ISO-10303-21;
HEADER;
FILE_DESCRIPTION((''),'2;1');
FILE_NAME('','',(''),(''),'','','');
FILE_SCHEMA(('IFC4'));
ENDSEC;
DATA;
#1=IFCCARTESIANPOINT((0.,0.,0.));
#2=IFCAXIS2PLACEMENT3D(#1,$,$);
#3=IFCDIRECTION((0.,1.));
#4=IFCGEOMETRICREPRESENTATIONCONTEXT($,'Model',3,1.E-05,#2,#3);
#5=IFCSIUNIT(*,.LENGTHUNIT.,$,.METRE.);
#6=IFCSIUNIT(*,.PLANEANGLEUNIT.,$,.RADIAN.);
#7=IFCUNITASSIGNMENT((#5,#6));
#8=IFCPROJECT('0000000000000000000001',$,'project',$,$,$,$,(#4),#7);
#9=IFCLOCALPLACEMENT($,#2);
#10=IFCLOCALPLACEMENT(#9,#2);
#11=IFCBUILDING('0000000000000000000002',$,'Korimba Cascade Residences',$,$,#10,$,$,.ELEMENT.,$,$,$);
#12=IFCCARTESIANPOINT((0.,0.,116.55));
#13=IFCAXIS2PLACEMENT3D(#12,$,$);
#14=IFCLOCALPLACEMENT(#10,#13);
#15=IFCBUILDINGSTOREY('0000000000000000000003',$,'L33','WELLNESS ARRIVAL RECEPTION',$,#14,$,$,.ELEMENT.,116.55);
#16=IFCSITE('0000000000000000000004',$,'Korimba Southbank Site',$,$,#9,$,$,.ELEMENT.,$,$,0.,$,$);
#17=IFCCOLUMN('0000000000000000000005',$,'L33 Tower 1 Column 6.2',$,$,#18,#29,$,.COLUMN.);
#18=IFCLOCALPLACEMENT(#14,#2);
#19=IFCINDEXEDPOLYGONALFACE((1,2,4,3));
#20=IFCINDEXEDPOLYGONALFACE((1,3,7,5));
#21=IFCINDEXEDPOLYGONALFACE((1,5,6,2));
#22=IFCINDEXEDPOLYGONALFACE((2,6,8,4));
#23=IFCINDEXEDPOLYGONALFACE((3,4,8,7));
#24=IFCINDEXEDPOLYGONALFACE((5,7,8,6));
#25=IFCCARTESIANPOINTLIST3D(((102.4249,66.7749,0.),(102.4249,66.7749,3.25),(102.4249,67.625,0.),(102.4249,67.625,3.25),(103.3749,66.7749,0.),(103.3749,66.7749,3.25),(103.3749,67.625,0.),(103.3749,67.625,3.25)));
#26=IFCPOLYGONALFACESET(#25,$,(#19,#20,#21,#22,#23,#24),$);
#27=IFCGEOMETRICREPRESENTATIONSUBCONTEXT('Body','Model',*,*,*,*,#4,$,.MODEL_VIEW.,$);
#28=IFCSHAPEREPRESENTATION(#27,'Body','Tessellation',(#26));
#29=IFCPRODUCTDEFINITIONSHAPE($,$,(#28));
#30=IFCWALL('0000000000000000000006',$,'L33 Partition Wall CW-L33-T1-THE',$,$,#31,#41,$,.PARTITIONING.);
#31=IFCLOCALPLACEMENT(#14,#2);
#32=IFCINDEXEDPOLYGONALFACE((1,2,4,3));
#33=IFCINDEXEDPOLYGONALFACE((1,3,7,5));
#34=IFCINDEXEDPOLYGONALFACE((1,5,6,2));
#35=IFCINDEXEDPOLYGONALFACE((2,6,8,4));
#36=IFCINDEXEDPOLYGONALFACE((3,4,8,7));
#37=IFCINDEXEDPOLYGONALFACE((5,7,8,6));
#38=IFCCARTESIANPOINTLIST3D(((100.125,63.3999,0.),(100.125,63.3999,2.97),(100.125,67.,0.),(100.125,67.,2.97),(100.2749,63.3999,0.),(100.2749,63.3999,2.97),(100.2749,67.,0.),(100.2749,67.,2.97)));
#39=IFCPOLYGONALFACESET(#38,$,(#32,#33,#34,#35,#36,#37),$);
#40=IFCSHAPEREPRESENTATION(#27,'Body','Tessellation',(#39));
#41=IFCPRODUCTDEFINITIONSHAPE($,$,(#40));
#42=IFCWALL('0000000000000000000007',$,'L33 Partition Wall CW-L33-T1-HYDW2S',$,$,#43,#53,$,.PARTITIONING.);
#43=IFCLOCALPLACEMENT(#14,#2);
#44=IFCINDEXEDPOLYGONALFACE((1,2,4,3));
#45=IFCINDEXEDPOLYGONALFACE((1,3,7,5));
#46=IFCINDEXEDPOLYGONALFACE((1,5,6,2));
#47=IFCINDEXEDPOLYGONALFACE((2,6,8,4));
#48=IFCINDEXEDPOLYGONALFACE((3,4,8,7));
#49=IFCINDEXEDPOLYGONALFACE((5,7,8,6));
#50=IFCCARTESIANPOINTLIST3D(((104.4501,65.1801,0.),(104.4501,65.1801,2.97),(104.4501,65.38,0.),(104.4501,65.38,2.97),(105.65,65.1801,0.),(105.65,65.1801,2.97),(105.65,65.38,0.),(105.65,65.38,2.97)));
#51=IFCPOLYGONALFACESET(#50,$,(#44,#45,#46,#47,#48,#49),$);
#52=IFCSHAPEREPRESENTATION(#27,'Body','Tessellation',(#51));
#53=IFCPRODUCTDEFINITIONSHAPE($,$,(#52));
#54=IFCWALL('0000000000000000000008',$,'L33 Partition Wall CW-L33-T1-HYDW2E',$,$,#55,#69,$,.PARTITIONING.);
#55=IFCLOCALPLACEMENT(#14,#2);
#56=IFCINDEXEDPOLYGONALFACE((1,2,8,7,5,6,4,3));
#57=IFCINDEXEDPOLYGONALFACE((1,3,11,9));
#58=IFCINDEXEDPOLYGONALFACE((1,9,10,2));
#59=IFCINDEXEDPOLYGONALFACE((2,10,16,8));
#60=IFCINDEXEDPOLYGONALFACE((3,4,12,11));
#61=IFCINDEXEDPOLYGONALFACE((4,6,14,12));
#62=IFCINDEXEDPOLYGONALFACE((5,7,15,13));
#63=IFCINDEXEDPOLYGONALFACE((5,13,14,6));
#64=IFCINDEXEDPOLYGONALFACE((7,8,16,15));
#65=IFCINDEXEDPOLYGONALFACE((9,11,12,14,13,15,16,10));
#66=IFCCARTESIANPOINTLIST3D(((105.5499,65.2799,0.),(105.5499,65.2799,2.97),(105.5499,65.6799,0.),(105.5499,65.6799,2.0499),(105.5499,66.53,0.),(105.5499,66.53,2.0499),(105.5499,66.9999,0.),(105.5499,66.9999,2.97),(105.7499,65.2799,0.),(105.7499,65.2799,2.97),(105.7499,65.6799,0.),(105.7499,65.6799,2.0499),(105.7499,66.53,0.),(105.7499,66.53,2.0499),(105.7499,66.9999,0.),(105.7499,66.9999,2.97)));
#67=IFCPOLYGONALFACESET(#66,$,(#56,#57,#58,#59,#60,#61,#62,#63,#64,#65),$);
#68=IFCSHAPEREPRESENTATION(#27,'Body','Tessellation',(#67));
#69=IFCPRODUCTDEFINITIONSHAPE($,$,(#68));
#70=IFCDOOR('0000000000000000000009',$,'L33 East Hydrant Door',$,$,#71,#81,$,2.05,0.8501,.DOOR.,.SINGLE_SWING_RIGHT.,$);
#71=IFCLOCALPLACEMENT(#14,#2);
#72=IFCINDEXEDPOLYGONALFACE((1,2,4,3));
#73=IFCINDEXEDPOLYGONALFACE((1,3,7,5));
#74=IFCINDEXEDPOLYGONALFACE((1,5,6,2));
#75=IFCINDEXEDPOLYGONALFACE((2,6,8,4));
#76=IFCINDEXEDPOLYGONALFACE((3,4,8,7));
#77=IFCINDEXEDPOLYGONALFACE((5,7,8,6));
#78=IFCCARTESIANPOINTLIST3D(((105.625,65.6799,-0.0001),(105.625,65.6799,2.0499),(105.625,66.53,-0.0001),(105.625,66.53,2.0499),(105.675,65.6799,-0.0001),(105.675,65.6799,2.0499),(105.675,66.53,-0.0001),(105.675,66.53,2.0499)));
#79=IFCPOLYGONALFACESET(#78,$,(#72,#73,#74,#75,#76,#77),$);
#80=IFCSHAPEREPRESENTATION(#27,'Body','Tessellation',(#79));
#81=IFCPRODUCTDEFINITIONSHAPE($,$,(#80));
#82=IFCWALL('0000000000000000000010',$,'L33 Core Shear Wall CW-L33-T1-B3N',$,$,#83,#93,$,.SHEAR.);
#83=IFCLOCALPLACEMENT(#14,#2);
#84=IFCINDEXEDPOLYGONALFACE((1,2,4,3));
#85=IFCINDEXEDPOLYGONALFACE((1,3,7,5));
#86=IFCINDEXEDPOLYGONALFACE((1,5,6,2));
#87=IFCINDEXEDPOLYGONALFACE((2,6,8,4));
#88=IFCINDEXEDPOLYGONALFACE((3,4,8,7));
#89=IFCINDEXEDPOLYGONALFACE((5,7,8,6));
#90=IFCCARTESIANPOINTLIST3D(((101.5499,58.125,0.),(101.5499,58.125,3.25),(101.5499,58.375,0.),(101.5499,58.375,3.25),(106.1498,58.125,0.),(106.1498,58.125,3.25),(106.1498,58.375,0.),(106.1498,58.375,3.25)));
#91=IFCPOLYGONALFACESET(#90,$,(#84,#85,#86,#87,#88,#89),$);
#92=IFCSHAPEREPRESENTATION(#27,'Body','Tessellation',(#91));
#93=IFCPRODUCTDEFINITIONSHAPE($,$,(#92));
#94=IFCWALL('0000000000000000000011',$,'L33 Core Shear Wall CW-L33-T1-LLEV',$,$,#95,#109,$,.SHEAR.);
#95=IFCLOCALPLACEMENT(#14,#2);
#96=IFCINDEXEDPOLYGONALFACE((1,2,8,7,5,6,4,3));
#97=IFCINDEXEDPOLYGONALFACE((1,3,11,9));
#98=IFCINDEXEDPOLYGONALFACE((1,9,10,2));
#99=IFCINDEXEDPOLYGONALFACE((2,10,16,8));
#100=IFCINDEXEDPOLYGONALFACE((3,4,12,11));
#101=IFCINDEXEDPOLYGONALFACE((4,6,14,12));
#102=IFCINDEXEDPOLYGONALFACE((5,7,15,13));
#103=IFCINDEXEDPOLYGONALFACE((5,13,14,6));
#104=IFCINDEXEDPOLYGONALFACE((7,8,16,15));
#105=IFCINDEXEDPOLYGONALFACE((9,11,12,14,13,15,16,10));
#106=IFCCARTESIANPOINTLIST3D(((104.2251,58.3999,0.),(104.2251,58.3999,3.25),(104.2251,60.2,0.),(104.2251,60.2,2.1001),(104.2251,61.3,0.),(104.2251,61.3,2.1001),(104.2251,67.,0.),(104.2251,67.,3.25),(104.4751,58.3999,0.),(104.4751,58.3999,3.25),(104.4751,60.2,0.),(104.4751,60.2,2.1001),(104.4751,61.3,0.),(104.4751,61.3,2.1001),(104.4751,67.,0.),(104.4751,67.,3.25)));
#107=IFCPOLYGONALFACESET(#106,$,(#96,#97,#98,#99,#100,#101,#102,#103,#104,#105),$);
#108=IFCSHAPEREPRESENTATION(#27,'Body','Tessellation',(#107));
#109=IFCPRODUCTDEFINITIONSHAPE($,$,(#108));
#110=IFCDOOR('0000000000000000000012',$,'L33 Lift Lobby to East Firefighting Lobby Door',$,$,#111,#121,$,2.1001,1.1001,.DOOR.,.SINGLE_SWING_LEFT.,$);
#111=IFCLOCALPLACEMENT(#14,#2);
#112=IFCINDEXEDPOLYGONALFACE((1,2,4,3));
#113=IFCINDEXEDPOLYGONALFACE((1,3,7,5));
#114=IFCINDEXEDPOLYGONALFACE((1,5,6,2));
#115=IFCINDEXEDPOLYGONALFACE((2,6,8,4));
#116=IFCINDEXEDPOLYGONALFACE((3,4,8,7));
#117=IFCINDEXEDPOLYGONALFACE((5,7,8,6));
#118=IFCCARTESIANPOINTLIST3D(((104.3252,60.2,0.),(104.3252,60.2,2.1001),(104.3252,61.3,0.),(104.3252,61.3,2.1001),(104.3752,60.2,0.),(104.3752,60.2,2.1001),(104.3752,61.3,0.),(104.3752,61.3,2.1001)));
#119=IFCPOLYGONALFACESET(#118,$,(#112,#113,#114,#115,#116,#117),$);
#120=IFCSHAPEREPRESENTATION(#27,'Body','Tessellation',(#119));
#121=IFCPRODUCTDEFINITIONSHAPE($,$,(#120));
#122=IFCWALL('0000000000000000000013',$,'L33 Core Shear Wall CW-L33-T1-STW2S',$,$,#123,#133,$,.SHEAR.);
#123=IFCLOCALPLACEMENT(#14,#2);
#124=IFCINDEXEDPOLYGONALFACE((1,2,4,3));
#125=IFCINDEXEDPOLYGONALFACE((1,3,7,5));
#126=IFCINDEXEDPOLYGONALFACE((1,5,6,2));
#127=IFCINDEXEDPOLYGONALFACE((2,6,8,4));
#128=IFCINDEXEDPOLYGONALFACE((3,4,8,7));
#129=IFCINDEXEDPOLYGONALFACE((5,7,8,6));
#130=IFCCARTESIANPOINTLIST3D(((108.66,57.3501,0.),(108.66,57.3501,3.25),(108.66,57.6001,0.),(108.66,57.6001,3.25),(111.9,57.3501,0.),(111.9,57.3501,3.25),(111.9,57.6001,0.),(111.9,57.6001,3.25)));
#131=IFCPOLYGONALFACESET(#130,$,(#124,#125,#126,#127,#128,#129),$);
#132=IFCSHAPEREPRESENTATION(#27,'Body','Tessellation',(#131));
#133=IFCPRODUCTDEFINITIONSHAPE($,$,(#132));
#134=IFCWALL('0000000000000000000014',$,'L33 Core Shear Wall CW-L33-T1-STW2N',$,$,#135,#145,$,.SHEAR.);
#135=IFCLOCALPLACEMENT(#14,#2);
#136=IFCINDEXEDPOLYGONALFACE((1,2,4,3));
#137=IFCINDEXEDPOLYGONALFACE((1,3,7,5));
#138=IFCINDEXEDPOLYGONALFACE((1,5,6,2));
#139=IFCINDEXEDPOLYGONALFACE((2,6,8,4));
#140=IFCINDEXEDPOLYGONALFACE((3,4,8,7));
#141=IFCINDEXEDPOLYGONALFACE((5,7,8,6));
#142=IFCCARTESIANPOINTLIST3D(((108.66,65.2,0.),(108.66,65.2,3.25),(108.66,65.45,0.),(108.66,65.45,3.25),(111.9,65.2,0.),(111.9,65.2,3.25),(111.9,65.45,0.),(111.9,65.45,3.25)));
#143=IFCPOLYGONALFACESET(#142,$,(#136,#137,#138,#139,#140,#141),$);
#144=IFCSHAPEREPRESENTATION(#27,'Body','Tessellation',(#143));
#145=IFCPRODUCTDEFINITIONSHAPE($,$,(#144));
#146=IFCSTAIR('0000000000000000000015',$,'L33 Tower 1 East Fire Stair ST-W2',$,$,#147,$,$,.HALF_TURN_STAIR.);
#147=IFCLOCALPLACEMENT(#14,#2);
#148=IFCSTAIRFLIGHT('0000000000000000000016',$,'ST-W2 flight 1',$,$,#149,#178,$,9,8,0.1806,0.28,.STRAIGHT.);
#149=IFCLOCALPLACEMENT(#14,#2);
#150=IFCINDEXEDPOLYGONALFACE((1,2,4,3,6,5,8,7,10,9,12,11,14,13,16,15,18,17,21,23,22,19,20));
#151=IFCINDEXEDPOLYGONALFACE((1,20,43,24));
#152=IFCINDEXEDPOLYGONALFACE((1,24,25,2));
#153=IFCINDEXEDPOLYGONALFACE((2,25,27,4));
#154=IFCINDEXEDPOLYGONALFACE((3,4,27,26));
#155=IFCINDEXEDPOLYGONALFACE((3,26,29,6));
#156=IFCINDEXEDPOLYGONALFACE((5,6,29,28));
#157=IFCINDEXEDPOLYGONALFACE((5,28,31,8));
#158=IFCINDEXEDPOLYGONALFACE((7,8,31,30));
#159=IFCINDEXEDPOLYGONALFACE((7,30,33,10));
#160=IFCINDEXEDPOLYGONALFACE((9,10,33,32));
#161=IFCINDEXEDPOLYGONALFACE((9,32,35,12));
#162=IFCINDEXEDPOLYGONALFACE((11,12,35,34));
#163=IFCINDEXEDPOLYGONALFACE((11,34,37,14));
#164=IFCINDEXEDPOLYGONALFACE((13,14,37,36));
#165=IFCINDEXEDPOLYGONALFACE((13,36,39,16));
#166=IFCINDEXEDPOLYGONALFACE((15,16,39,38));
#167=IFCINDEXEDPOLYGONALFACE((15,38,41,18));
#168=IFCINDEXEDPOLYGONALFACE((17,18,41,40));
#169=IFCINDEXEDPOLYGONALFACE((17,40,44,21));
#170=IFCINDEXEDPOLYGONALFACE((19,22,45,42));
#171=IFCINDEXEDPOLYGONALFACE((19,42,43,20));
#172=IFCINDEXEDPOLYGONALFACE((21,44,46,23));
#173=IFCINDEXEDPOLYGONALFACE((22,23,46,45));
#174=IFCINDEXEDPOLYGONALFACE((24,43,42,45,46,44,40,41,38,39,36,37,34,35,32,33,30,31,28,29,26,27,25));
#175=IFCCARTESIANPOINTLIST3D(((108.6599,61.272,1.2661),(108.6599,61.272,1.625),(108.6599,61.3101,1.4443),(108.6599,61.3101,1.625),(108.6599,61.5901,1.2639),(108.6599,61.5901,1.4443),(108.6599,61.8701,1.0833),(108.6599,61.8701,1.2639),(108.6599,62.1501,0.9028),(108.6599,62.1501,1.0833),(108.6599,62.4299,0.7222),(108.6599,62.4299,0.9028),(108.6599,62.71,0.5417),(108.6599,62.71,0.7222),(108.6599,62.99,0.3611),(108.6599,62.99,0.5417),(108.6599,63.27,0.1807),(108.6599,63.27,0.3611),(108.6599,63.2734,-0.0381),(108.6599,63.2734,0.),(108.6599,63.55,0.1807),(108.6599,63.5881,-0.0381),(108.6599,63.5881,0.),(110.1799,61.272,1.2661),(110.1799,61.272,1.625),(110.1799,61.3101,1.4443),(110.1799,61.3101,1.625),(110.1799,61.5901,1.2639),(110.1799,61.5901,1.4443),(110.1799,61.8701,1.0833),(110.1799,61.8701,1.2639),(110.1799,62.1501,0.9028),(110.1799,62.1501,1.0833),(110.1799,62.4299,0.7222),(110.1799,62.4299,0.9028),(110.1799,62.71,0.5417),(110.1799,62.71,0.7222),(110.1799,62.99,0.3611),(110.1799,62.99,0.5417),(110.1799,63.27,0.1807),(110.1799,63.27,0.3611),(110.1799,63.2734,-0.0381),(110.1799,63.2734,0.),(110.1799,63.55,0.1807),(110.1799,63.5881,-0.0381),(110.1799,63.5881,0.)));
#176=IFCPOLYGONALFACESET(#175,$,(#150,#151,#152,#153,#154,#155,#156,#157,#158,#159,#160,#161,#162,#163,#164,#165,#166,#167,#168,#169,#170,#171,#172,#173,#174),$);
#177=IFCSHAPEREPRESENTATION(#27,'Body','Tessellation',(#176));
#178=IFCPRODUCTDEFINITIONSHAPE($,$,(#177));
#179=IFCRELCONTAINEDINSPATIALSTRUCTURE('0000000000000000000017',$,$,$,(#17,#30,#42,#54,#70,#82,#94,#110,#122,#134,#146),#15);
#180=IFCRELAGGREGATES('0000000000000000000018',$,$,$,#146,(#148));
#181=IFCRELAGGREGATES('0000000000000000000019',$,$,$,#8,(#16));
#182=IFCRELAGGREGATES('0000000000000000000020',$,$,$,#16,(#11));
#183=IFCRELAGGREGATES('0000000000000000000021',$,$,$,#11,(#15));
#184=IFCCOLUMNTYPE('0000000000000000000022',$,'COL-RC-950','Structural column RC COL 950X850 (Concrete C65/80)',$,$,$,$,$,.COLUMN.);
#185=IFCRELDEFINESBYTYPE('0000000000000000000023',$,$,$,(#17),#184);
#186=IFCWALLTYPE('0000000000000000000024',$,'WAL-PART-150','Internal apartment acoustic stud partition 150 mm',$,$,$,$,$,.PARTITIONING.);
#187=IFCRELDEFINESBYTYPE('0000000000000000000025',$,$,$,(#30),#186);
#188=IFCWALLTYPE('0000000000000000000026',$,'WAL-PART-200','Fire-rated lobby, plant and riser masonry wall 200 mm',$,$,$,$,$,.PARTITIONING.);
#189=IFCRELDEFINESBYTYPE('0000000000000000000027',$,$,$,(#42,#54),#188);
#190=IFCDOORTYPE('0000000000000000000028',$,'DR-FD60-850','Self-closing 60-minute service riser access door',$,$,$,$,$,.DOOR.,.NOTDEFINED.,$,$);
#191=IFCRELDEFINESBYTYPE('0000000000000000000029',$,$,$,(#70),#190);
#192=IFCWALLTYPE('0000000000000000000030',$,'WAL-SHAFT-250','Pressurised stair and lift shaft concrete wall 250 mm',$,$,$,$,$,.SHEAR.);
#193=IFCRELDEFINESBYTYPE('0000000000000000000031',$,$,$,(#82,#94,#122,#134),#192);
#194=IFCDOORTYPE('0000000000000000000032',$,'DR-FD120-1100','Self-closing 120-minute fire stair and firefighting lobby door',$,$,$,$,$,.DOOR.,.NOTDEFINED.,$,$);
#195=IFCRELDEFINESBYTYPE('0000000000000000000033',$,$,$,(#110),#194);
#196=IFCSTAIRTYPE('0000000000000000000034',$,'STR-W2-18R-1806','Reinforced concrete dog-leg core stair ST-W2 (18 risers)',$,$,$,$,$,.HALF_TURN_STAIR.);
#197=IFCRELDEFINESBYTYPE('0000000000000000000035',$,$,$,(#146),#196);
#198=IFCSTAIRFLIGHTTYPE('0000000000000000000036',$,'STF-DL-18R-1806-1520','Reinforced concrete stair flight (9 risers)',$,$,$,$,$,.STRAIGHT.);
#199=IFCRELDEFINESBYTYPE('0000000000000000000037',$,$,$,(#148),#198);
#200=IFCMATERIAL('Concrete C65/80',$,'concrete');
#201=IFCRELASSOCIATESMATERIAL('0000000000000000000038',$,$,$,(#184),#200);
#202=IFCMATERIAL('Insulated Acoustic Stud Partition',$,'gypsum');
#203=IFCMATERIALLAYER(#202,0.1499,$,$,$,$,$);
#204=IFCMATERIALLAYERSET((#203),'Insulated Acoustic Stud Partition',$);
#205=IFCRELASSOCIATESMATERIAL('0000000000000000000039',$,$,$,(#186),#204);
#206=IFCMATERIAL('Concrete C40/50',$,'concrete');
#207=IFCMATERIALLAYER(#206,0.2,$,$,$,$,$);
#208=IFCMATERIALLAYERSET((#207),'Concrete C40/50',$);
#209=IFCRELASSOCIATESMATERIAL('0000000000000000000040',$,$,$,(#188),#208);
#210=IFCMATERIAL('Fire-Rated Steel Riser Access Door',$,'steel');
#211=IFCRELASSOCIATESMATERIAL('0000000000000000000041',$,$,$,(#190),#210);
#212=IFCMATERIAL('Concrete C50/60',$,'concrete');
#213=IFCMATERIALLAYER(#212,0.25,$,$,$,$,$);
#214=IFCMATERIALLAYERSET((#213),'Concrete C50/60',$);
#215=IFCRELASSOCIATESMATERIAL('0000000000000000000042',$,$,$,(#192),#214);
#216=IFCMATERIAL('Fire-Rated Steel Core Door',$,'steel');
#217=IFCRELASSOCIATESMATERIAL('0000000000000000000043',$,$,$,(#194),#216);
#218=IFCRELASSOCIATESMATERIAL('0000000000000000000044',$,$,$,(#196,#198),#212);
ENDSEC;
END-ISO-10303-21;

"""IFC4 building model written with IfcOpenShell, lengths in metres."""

from ifc_helpers import new_model, si_unit, direction, frame, frame_2d, origin, origin_2d, place, context, subcontext, project, spatial, polyline, rectangle, outline, extrude, material, layer, layer_set, material_profile, profile_set, type_object, element, fill, aggregate, save


model = new_model("IFC4")

# Units and contexts
model_context = context("Model", 3, precision=1e-05, world=origin(), true_north=direction((0.0, 1.0)))
body_context = subcontext(model_context, "Body", "Model", "MODEL_VIEW")
ifc_project = project(units=[si_unit("LENGTHUNIT", "METRE"), si_unit("PLANEANGLEUNIT", "RADIAN")], contexts=[model_context])

# Site, building, storey
site_placement = place(None, origin())
site = spatial("IfcSite", under=ifc_project, at=site_placement, Name="Korimba Southbank Site", CompositionType="ELEMENT", RefElevation=0.0)
building_placement = place(site_placement, origin())
building = spatial("IfcBuilding", under=site, at=building_placement, Name="Korimba Cascade Residences", CompositionType="ELEMENT")
storey_placement = place(building_placement, frame((0.0, 0.0, 116.55)))
storey = spatial("IfcBuildingStorey", under=building, at=storey_placement, Name="L33", Description="WELLNESS ARRIVAL RECEPTION", CompositionType="ELEMENT", Elevation=116.55)

# Column
ifc_material_1 = material(Name="Concrete C65/80", Category="concrete")
ifc_material_profile = material_profile(ifc_material_1, rectangle(XDim=0.95, YDim=0.8501, at=origin_2d()), Name="Concrete C65/80")
ifc_profile_set = profile_set([ifc_material_profile], Name="Concrete C65/80")
column_type = type_object("IfcColumnType", Name="COL-RC-950", Description="Structural column RC COL 950X850 (Concrete C65/80)", PredefinedType="COLUMN", material=ifc_profile_set)
column_placement = place(storey_placement, frame((102.8999, 67.2, 0.0), z_axis=(0.0, 0.0, 1.0), x_axis=(1.0, 0.0, 0.0)))
element("IfcColumn", 1, at=column_placement, inside=storey, type_object=column_type, Name="L33 Tower 1 Column 6.2", PredefinedType="COLUMN", context=body_context, shape_type="SweptSolid", body=[
    extrude(rectangle(XDim=0.95, YDim=0.8501, at=origin_2d()), origin(), (0.0, 0.0, 1.0), 3.25),
])

# Walls
ifc_material_2 = material(Name="Insulated Acoustic Stud Partition", Category="gypsum")
ifc_layer_1 = layer(ifc_material_2, 0.1499)
ifc_layer_set_1 = layer_set([ifc_layer_1], Name="Insulated Acoustic Stud Partition")
wall_type_1 = type_object("IfcWallType", Name="WAL-PART-150", Description="Internal apartment acoustic stud partition 150 mm", PredefinedType="PARTITIONING", material=ifc_layer_set_1)
wall_1_placement = place(storey_placement, frame((100.2, 63.3999, 0.0), z_axis=(0.0, 0.0, 1.0), x_axis=(0.0, 1.0, 0.0)))
element("IfcWall", 2, at=wall_1_placement, inside=storey, type_object=wall_type_1, Name="L33 Partition Wall CW-L33-T1-THE", PredefinedType="PARTITIONING", context=body_context, shape_type="SweptSolid", body=[
    extrude(rectangle(XDim=3.6001, YDim=0.1499, at=frame_2d((1.8, 0.0))), origin(), (0.0, 0.0, 1.0), 2.97),
])
ifc_material_3 = material(Name="Concrete C40/50", Category="concrete")
ifc_layer_2 = layer(ifc_material_3, 0.2)
ifc_layer_set_2 = layer_set([ifc_layer_2], Name="Concrete C40/50")
wall_type_2 = type_object("IfcWallType", Name="WAL-PART-200", Description="Fire-rated lobby, plant and riser masonry wall 200 mm", PredefinedType="PARTITIONING", material=ifc_layer_set_2)
wall_2_placement = place(storey_placement, frame((104.45, 65.28, 0.0), z_axis=(0.0, 0.0, 1.0), x_axis=(1.0, 0.0, 0.0)))
element("IfcWall", 3, at=wall_2_placement, inside=storey, type_object=wall_type_2, Name="L33 Partition Wall CW-L33-T1-HYDW2S", PredefinedType="PARTITIONING", context=body_context, shape_type="SweptSolid", body=[
    extrude(rectangle(XDim=1.2, YDim=0.2, at=frame_2d((0.6001, 0.0))), origin(), (0.0, 0.0, 1.0), 2.97),
])

# Wall, opening, door
wall_3_placement = place(storey_placement, frame((105.6499, 65.28, 0.0), z_axis=(0.0, 0.0, 1.0), x_axis=(0.0, 1.0, 0.0)))
wall_3 = element("IfcWall", 4, at=wall_3_placement, inside=storey, type_object=wall_type_2, Name="L33 Partition Wall CW-L33-T1-HYDW2E", PredefinedType="PARTITIONING", context=body_context, shape_type="SweptSolid", body=[
    extrude(rectangle(XDim=1.72, YDim=0.2, at=frame_2d((0.8599, 0.0))), origin(), (0.0, 0.0, 1.0), 2.97),
])
opening_1_placement = place(wall_3_placement, frame((0.3999, 0.0, 0.0)))
opening_1 = element("IfcOpeningElement", 5, at=opening_1_placement, cuts=wall_3, PredefinedType="OPENING", context=body_context, shape_type="SweptSolid", body=[
    extrude(rectangle(XDim=0.8501, YDim=2.05, at=frame_2d((0.425, 1.0249))), frame((0.0, 0.1099, 0.0), z_axis=(0.0, -1.0, 0.0), x_axis=(1.0, 0.0, 0.0)), (0.0, 0.0, 1.0), 0.22),
])
ifc_material_4 = material(Name="Fire-Rated Steel Riser Access Door", Category="steel")
door_type_1 = type_object("IfcDoorType", Name="DR-FD60-850", Description="Self-closing 60-minute service riser access door", OperationType="NOTDEFINED", PredefinedType="DOOR", material=ifc_material_4)
door_1_placement = place(opening_1_placement, origin())
door_1 = element("IfcDoor", 6, at=door_1_placement, inside=storey, type_object=door_type_1, Name="L33 East Hydrant Door", OperationType="SINGLE_SWING_RIGHT", OverallHeight=2.05, OverallWidth=0.8501, PredefinedType="DOOR", context=body_context, shape_type="SweptSolid", body=[
    extrude(rectangle(XDim=0.8501, YDim=2.05, at=frame_2d((0.425, 1.0249))), frame((0.0, 0.0249, 0.0), z_axis=(0.0, -1.0, 0.0), x_axis=(1.0, 0.0, 0.0)), (0.0, 0.0, 1.0), 0.05),
])
fill(opening_1, door_1)

# Wall
ifc_material_5 = material(Name="Concrete C50/60", Category="concrete")
ifc_layer_3 = layer(ifc_material_5, 0.25)
ifc_layer_set_3 = layer_set([ifc_layer_3], Name="Concrete C50/60")
wall_type_3 = type_object("IfcWallType", Name="WAL-SHAFT-250", Description="Pressurised stair and lift shaft concrete wall 250 mm", PredefinedType="SHEAR", material=ifc_layer_set_3)
wall_4_placement = place(storey_placement, frame((101.55, 58.25, 0.0), z_axis=(0.0, 0.0, 1.0), x_axis=(1.0, 0.0, 0.0)))
element("IfcWall", 7, at=wall_4_placement, inside=storey, type_object=wall_type_3, Name="L33 Core Shear Wall CW-L33-T1-B3N", PredefinedType="SHEAR", context=body_context, shape_type="SweptSolid", body=[
    extrude(rectangle(XDim=4.5999, YDim=0.25, at=frame_2d((2.2998, 0.0))), origin(), (0.0, 0.0, 1.0), 3.25),
])

# Wall, opening, door
wall_5_placement = place(storey_placement, frame((104.3501, 58.3999, 0.0), z_axis=(0.0, 0.0, 1.0), x_axis=(0.0, 1.0, 0.0)))
wall_5 = element("IfcWall", 8, at=wall_5_placement, inside=storey, type_object=wall_type_3, Name="L33 Core Shear Wall CW-L33-T1-LLEV", PredefinedType="SHEAR", context=body_context, shape_type="SweptSolid", body=[
    extrude(rectangle(XDim=8.6001, YDim=0.25, at=frame_2d((4.3, 0.0))), origin(), (0.0, 0.0, 1.0), 3.25),
])
opening_2_placement = place(wall_5_placement, frame((1.8, 0.0, 0.0)))
opening_2 = element("IfcOpeningElement", 9, at=opening_2_placement, cuts=wall_5, PredefinedType="OPENING", context=body_context, shape_type="SweptSolid", body=[
    extrude(rectangle(XDim=1.1001, YDim=2.1001, at=frame_2d((0.55, 1.05))), frame((0.0, 0.135, 0.0), z_axis=(0.0, -1.0, 0.0), x_axis=(1.0, 0.0, 0.0)), (0.0, 0.0, 1.0), 0.27),
])
ifc_material_6 = material(Name="Fire-Rated Steel Core Door", Category="steel")
door_type_2 = type_object("IfcDoorType", Name="DR-FD120-1100", Description="Self-closing 120-minute fire stair and firefighting lobby door", OperationType="NOTDEFINED", PredefinedType="DOOR", material=ifc_material_6)
door_2_placement = place(opening_2_placement, origin())
door_2 = element("IfcDoor", 10, at=door_2_placement, inside=storey, type_object=door_type_2, Name="L33 Lift Lobby to East Firefighting Lobby Door", OperationType="SINGLE_SWING_LEFT", OverallHeight=2.1001, OverallWidth=1.1001, PredefinedType="DOOR", context=body_context, shape_type="SweptSolid", body=[
    extrude(rectangle(XDim=1.1001, YDim=2.1001, at=frame_2d((0.55, 1.05))), frame((0.0, 0.0249, 0.0), z_axis=(0.0, -1.0, 0.0), x_axis=(1.0, 0.0, 0.0)), (0.0, 0.0, 1.0), 0.05),
])
fill(opening_2, door_2)

# Walls
for number, where, z_axis, x_axis, name in (
    (11, (108.6599, 57.4751, 0.0), (0.0, 0.0, 1.0), (1.0, 0.0, 0.0), "L33 Core Shear Wall CW-L33-T1-STW2S"),
    (12, (108.6599, 65.325, 0.0), (0.0, 0.0, 1.0), (1.0, 0.0, 0.0), "L33 Core Shear Wall CW-L33-T1-STW2N"),
):
    element("IfcWall", number, at=place(storey_placement, frame(where, z_axis=z_axis, x_axis=x_axis)), inside=storey, type_object=wall_type_3, Name=name, PredefinedType="SHEAR", context=body_context, shape_type="SweptSolid", body=[
        extrude(rectangle(XDim=3.24, YDim=0.25, at=frame_2d((1.6201, 0.0))), origin(), (0.0, 0.0, 1.0), 3.25),
    ])

# Stair, stair flight
stair_type = type_object("IfcStairType", Name="STR-W2-18R-1806", Description="Reinforced concrete dog-leg core stair ST-W2 (18 risers)", PredefinedType="HALF_TURN_STAIR", material=ifc_material_5)
stair_placement = place(storey_placement, origin())
stair = element("IfcStair", 13, at=stair_placement, inside=storey, type_object=stair_type, Name="L33 Tower 1 East Fire Stair ST-W2", PredefinedType="HALF_TURN_STAIR")
stair_flight_type = type_object("IfcStairFlightType", Name="STF-DL-18R-1806-1520", Description="Reinforced concrete stair flight (9 risers)", PredefinedType="STRAIGHT", material=ifc_material_5)
stair_flight_placement = place(storey_placement, frame((109.4199, 63.55, 0.0), z_axis=(0.0, 0.0, 1.0), x_axis=(0.0, -1.0, 0.0)))
stair_flight = element("IfcStairFlight", 14, at=stair_flight_placement, type_object=stair_flight_type, Name="ST-W2 flight 1", NumberOfRisers=9, NumberOfTreads=8, PredefinedType="STRAIGHT", RiserHeight=0.1806, TreadLength=0.28, context=body_context, shape_type="SweptSolid", body=[
    extrude(outline(polyline([(-0.0381, 0.0), (0.0, 0.1807), (0.28, 0.1807), (0.28, 0.3611), (0.5601, 0.3611), (0.5601, 0.5417), (0.8401, 0.5417), (0.8401, 0.7222), (1.1201, 0.7222), (1.1201, 0.9028), (1.3999, 0.9028), (1.3999, 1.0833), (1.6799, 1.0833), (1.6799, 1.2639), (1.96, 1.2639), (1.96, 1.4443), (2.24, 1.4443), (2.24, 1.625), (2.2781, 1.625), (2.2781, 1.2661), (0.2766, 0.0), (0.2766, -0.0381), (-0.0381, -0.0381), (-0.0381, 0.0)])), frame((0.0, 0.76, 0.0), z_axis=(0.0, -1.0, 0.0), x_axis=(1.0, 0.0, 0.0)), (0.0, 0.0, 1.0), 1.52),
])
aggregate(stair, [stair_flight])

save(model, "model.ifc")
